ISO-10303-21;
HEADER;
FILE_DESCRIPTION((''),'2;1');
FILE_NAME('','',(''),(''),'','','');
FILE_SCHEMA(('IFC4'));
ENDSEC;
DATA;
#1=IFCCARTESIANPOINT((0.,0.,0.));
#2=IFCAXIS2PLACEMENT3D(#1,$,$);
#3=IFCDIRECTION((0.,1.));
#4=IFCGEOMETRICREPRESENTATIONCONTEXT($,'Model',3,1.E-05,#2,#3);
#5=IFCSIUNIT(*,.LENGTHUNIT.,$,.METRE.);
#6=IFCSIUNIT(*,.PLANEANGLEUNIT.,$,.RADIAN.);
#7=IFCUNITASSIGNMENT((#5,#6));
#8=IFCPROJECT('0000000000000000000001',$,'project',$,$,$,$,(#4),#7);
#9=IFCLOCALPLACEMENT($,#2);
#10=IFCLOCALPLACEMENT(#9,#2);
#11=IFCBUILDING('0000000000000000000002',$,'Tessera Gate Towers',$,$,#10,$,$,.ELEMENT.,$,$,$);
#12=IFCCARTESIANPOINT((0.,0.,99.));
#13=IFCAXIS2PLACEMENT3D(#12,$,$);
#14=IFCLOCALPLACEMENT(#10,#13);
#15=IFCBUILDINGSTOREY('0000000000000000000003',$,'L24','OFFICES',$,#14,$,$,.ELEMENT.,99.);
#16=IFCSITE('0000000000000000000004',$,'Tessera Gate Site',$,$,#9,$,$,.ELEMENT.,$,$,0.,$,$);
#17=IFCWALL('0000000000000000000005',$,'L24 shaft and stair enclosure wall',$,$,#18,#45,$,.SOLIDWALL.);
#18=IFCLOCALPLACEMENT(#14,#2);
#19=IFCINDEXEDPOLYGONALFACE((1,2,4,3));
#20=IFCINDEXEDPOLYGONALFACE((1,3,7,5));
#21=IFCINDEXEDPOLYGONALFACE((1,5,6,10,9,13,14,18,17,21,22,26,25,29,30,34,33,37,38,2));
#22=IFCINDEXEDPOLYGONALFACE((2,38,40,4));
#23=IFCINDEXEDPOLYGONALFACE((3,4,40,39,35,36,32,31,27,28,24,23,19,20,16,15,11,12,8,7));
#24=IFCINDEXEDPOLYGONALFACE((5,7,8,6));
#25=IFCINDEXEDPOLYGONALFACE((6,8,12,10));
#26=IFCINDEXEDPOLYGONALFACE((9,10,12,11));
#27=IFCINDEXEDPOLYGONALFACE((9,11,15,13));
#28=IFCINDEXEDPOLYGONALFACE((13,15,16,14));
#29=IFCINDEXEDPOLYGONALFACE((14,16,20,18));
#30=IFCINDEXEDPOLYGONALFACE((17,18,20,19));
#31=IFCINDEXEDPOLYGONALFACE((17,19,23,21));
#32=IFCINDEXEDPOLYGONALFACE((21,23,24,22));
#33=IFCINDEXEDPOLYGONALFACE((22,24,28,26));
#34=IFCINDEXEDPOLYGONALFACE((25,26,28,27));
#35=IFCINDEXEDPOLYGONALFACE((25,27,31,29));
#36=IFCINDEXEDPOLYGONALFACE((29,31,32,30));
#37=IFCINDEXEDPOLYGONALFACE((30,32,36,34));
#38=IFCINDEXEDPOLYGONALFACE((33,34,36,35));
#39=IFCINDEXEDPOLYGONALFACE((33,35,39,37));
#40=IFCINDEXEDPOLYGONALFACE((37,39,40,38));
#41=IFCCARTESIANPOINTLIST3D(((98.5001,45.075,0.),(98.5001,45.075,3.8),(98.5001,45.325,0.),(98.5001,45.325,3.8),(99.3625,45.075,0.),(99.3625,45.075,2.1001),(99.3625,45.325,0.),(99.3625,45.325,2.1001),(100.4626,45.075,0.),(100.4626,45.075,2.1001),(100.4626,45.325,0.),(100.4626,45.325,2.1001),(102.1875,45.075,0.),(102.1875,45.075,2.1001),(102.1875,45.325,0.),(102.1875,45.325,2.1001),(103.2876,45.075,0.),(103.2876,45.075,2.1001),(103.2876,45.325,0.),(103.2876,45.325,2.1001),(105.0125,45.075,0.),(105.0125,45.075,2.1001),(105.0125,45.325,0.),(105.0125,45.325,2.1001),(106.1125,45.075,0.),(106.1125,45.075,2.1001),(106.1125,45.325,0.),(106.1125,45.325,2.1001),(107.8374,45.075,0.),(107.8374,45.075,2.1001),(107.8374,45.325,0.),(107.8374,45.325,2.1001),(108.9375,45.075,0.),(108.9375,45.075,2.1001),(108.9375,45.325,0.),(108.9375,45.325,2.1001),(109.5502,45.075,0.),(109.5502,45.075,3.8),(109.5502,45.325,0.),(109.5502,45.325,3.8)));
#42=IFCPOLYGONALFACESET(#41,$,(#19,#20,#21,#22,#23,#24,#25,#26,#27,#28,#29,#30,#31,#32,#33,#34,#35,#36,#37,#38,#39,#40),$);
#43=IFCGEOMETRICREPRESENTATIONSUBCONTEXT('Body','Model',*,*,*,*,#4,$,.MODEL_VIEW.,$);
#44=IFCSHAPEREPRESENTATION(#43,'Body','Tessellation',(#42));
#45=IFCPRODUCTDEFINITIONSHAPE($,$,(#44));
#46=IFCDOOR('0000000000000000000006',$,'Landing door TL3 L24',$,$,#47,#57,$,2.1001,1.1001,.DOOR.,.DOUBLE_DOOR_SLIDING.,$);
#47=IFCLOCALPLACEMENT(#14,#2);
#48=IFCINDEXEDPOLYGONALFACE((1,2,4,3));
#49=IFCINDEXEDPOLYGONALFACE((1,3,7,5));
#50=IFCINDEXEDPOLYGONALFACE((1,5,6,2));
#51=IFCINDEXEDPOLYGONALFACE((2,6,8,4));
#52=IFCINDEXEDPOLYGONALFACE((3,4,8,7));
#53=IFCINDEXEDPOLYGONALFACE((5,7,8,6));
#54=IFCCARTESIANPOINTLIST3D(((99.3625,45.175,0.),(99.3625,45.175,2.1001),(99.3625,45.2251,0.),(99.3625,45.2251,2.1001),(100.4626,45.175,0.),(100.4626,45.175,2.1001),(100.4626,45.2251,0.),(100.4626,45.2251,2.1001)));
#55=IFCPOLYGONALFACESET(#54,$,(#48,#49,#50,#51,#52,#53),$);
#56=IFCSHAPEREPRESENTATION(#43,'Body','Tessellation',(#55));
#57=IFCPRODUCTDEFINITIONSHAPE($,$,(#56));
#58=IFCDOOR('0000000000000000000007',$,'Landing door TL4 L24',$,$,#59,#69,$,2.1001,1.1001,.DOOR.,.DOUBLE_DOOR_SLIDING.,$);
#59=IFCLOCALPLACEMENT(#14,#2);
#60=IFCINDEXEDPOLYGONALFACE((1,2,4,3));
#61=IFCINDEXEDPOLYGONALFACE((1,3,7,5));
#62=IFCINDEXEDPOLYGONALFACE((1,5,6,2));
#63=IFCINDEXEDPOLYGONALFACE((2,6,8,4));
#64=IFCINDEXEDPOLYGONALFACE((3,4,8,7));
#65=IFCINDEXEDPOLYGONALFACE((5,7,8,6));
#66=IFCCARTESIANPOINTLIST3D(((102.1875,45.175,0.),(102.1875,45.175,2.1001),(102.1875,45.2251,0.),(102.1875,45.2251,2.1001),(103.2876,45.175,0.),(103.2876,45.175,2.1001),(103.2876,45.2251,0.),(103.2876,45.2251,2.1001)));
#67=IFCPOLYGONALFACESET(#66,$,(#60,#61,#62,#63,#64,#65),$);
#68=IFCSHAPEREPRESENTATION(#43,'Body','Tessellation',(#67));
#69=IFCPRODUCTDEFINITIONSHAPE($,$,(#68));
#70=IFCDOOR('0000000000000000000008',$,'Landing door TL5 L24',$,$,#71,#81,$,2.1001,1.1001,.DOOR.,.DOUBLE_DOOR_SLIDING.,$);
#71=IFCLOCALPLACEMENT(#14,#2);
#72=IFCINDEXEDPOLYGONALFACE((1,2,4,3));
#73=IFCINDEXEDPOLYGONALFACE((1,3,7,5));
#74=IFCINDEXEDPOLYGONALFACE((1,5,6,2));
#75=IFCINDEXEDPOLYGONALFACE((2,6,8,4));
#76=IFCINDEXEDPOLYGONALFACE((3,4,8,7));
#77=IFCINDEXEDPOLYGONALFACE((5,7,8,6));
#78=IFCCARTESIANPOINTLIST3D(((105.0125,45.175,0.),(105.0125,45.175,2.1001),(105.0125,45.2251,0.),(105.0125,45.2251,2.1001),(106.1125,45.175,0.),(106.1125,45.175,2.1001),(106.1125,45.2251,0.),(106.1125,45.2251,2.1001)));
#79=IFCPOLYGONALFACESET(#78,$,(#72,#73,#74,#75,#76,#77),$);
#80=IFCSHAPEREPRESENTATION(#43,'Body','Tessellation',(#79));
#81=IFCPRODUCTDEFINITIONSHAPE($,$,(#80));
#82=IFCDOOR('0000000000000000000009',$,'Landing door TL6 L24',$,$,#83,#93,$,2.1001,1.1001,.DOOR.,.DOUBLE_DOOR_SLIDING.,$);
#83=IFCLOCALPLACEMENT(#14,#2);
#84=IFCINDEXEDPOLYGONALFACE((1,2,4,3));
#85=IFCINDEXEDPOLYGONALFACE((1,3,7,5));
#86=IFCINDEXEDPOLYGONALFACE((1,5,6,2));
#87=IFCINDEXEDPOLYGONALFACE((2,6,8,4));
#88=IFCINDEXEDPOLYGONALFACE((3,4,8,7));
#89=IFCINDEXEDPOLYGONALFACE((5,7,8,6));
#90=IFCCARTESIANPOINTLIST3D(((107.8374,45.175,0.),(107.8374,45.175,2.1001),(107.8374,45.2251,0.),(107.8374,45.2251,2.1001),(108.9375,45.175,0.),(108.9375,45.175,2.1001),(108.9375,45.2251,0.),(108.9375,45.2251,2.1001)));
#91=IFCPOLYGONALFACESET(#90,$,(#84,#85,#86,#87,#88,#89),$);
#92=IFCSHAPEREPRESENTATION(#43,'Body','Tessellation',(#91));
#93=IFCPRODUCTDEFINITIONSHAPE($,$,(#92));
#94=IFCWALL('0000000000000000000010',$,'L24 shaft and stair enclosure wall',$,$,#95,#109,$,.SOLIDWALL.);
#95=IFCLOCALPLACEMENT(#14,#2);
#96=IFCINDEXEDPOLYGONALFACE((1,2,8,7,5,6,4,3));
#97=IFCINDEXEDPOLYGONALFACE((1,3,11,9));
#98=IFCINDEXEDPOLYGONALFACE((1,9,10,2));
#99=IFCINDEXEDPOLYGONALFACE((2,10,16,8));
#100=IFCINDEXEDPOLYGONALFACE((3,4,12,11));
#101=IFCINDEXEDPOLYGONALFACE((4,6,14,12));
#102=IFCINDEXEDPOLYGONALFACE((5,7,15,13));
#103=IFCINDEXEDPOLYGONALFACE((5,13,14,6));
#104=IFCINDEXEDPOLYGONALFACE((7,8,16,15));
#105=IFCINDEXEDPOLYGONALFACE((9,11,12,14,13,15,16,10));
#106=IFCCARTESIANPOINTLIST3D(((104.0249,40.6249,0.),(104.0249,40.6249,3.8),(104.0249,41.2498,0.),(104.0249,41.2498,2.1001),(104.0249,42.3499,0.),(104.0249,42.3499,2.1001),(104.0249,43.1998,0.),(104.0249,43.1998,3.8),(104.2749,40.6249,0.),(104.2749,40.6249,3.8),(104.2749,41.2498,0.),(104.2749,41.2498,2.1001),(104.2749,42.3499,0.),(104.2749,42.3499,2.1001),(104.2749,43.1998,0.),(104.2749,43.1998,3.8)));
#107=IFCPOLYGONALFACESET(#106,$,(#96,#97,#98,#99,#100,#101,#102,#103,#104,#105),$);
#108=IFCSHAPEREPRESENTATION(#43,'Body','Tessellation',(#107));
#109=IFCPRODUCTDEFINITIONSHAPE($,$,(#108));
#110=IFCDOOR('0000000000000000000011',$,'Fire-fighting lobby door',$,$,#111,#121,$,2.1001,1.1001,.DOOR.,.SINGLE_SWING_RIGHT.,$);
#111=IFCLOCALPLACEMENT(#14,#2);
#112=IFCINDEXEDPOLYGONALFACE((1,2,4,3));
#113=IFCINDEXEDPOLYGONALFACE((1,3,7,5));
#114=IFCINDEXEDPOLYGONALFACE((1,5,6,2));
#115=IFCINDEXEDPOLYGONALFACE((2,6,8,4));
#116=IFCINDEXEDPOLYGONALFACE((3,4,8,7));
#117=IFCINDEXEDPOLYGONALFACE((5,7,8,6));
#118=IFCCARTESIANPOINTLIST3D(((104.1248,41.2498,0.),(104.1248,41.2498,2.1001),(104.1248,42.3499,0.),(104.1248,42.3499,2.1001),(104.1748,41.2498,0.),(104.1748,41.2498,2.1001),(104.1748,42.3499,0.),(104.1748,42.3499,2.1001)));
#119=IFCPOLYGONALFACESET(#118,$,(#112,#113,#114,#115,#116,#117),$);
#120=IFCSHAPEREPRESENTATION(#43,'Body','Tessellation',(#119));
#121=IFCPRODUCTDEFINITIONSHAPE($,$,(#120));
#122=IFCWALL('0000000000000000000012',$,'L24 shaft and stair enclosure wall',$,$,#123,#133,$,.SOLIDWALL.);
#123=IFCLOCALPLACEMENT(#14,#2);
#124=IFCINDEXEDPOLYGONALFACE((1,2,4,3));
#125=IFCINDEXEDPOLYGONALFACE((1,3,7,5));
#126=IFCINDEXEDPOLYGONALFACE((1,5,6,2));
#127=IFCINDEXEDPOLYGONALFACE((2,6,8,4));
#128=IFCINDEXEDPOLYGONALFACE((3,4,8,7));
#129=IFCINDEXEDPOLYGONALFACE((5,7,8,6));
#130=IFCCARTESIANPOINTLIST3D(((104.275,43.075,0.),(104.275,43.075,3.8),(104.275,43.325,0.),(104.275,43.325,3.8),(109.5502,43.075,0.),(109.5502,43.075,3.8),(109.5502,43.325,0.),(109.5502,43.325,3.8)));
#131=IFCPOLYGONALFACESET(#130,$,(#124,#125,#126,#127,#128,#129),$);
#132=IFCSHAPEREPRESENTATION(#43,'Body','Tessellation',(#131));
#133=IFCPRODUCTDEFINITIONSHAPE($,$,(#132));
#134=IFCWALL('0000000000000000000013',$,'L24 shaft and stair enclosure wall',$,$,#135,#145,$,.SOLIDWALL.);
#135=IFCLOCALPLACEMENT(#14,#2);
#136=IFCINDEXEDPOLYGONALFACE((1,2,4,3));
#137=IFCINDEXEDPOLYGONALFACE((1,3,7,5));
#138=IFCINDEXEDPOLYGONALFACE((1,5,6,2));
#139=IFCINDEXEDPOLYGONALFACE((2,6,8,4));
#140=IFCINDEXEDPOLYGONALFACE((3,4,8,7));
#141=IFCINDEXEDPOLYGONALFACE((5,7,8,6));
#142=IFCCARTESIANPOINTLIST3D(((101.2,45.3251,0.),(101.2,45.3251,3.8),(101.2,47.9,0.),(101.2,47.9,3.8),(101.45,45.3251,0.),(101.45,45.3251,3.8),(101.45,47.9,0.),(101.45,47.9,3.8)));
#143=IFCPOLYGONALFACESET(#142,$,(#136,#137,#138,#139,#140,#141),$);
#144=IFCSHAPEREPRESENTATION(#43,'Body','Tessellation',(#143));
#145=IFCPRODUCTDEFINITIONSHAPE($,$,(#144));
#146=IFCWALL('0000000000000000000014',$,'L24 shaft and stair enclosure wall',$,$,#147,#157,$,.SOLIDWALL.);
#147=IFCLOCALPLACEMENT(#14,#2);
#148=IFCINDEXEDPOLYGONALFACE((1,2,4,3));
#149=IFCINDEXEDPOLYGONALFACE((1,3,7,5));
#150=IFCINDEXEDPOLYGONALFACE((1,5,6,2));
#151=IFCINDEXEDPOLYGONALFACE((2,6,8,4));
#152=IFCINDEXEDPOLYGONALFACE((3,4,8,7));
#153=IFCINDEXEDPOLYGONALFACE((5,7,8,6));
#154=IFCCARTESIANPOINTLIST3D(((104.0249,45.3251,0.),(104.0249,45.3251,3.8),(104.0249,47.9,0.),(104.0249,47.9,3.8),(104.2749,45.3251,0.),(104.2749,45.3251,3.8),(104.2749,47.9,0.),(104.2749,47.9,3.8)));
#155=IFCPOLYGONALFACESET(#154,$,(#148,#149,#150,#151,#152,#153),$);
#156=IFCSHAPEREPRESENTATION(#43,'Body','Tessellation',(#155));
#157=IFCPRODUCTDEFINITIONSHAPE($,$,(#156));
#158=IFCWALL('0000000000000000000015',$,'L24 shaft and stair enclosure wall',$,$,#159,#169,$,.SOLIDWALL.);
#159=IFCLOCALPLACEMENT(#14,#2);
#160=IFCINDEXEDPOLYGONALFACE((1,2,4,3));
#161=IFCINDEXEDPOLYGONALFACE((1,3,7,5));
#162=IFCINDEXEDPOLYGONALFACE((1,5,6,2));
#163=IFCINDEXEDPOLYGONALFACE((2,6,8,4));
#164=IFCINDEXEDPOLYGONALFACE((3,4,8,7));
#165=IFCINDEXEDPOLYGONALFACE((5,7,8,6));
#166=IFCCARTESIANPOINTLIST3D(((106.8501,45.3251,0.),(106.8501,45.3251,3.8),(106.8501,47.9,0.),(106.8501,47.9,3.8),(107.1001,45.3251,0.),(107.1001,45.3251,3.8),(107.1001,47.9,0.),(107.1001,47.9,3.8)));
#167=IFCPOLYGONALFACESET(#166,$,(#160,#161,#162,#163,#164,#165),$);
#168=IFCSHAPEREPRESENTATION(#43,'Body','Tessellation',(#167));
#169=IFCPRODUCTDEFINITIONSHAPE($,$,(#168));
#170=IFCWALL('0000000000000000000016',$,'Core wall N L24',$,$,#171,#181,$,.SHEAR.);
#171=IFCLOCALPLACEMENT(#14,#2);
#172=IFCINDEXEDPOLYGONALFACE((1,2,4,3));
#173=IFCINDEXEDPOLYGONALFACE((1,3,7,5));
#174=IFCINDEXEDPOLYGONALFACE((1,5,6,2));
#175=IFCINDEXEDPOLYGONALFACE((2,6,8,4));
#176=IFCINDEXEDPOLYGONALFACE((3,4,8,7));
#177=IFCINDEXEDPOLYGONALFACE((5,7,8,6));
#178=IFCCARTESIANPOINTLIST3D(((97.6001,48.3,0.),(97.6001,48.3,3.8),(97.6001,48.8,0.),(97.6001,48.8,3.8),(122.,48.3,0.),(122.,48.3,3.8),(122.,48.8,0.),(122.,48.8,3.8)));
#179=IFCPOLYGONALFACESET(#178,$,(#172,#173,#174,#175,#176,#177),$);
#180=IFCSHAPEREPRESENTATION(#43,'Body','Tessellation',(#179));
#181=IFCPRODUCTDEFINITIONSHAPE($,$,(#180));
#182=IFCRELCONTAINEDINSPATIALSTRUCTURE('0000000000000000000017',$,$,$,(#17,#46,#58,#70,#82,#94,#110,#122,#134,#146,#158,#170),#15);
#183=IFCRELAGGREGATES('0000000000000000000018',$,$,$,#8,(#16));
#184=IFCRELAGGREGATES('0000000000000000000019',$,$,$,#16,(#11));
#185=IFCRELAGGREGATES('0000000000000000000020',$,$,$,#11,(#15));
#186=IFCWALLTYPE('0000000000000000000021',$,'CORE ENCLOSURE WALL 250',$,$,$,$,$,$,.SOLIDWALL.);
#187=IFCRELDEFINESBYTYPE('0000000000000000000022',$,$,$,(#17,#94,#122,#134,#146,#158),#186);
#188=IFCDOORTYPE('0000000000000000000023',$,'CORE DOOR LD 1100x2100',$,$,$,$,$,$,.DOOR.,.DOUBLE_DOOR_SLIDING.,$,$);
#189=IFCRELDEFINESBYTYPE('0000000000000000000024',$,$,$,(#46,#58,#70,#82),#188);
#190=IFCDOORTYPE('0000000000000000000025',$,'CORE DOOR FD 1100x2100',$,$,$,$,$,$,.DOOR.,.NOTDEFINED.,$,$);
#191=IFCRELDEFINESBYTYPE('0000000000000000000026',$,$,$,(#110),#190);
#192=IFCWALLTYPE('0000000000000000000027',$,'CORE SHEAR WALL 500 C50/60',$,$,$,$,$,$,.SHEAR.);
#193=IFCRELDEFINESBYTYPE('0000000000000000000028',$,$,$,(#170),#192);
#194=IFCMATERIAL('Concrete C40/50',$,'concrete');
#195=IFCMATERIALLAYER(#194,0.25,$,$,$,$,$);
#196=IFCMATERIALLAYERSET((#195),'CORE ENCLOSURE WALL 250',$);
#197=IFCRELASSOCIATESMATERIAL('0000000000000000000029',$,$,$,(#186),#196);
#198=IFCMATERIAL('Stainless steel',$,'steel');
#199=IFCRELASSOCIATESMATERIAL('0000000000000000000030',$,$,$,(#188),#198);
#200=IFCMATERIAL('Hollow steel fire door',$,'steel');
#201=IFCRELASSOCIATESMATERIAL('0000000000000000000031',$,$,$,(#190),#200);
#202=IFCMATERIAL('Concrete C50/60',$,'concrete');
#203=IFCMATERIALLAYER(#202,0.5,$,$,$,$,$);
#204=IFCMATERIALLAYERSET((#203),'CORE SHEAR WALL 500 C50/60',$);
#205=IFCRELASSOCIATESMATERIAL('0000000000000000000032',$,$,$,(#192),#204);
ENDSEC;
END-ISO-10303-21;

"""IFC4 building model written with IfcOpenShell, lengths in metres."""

from ifc_helpers import new_model, si_unit, direction, frame, frame_2d, origin, place, context, subcontext, project, spatial, rectangle, extrude, source, transform, mapped, material, layer, layer_set, type_object, element, fill, save


model = new_model("IFC4")

# Units and contexts
model_context = context("Model", 3, precision=1e-05, world=origin(), true_north=direction((0.0, 1.0)))
body_context = subcontext(model_context, "Body", "Model", "MODEL_VIEW")
ifc_project = project(units=[si_unit("LENGTHUNIT", "METRE"), si_unit("PLANEANGLEUNIT", "RADIAN")], contexts=[model_context])

# Site, building, storey
site_placement = place(None, origin())
site = spatial("IfcSite", under=ifc_project, at=site_placement, Name="Tessera Gate Site", CompositionType="ELEMENT", RefElevation=0.0)
building_placement = place(site_placement, origin())
building = spatial("IfcBuilding", under=site, at=building_placement, Name="Tessera Gate Towers", CompositionType="ELEMENT")
storey_placement = place(building_placement, frame((0.0, 0.0, 99.0)))
storey = spatial("IfcBuildingStorey", under=building, at=storey_placement, Name="L24", Description="OFFICES", CompositionType="ELEMENT", Elevation=99.0)

# Wall, openings, doors
ifc_material_1 = material(Name="Concrete C40/50", Category="concrete")
ifc_layer_1 = layer(ifc_material_1, 0.25)
ifc_layer_set_1 = layer_set([ifc_layer_1], Name="CORE ENCLOSURE WALL 250")
wall_type_1 = type_object("IfcWallType", Name="CORE ENCLOSURE WALL 250", PredefinedType="SOLIDWALL", material=ifc_layer_set_1)
shared_shape_1 = source(origin(), body_context, "Body", "SweptSolid", [
    extrude(rectangle(XDim=1.1001, YDim=2.1001, at=frame_2d((0.55, 1.05))), frame((0.0, 0.135, 0.0), z_axis=(0.0, -1.0, 0.0), x_axis=(1.0, 0.0, 0.0)), (0.0, 0.0, 1.0), 0.27),
])
ifc_material_2 = material(Name="Stainless steel", Category="steel")
door_type_1 = type_object("IfcDoorType", Name="CORE DOOR LD 1100x2100", OperationType="DOUBLE_DOOR_SLIDING", PredefinedType="DOOR", material=ifc_material_2)
shared_shape_2 = source(origin(), body_context, "Body", "SweptSolid", [
    extrude(rectangle(XDim=1.1001, YDim=2.1001, at=frame_2d((0.55, 1.05))), frame((0.0, 0.0249, 0.0), z_axis=(0.0, -1.0, 0.0), x_axis=(1.0, 0.0, 0.0)), (0.0, 0.0, 1.0), 0.05),
])
wall_1_placement = place(storey_placement, frame((109.55, 45.2, 0.0), z_axis=(0.0, 0.0, 1.0), x_axis=(-1.0, 0.0, 0.0)))
wall_1 = element("IfcWall", 1, at=wall_1_placement, inside=storey, type_object=wall_type_1, Name="L24 shaft and stair enclosure wall", PredefinedType="SOLIDWALL", context=body_context, shape_type="SweptSolid", body=[
    extrude(rectangle(XDim=11.05, YDim=0.25, at=frame_2d((5.5249, 0.0))), origin(), (0.0, 0.0, 1.0), 3.8),
])
opening_1_placement = place(wall_1_placement, frame((9.0874, 0.0, 0.0)))
opening_1 = element("IfcOpeningElement", 2, at=opening_1_placement, cuts=wall_1, PredefinedType="OPENING", context=body_context, shape_type="MappedRepresentation", body=[
    mapped(shared_shape_1, transform((0.0, 0.0, 0.0), scale=1.0)),
])
opening_2_placement = place(wall_1_placement, frame((6.2625, 0.0, 0.0)))
opening_2 = element("IfcOpeningElement", 3, at=opening_2_placement, cuts=wall_1, PredefinedType="OPENING", context=body_context, shape_type="MappedRepresentation", body=[
    mapped(shared_shape_1, transform((0.0, 0.0, 0.0), scale=1.0)),
])
opening_3_placement = place(wall_1_placement, frame((3.4375, 0.0, 0.0)))
opening_3 = element("IfcOpeningElement", 4, at=opening_3_placement, cuts=wall_1, PredefinedType="OPENING", context=body_context, shape_type="MappedRepresentation", body=[
    mapped(shared_shape_1, transform((0.0, 0.0, 0.0), scale=1.0)),
])
opening_4_placement = place(wall_1_placement, frame((0.6125, 0.0, 0.0)))
opening_4 = element("IfcOpeningElement", 5, at=opening_4_placement, cuts=wall_1, PredefinedType="OPENING", context=body_context, shape_type="MappedRepresentation", body=[
    mapped(shared_shape_1, transform((0.0, 0.0, 0.0), scale=1.0)),
])
door_1_placement = place(opening_1_placement, origin())
door_1 = element("IfcDoor", 6, at=door_1_placement, inside=storey, type_object=door_type_1, Name="Landing door TL3 L24", OperationType="DOUBLE_DOOR_SLIDING", OverallHeight=2.1001, OverallWidth=1.1001, PredefinedType="DOOR", context=body_context, shape_type="MappedRepresentation", body=[
    mapped(shared_shape_2, transform((0.0, 0.0, 0.0), scale=1.0)),
])
fill(opening_1, door_1)
door_2_placement = place(opening_2_placement, origin())
door_2 = element("IfcDoor", 7, at=door_2_placement, inside=storey, type_object=door_type_1, Name="Landing door TL4 L24", OperationType="DOUBLE_DOOR_SLIDING", OverallHeight=2.1001, OverallWidth=1.1001, PredefinedType="DOOR", context=body_context, shape_type="MappedRepresentation", body=[
    mapped(shared_shape_2, transform((0.0, 0.0, 0.0), scale=1.0)),
])
fill(opening_2, door_2)
door_3_placement = place(opening_3_placement, origin())
door_3 = element("IfcDoor", 8, at=door_3_placement, inside=storey, type_object=door_type_1, Name="Landing door TL5 L24", OperationType="DOUBLE_DOOR_SLIDING", OverallHeight=2.1001, OverallWidth=1.1001, PredefinedType="DOOR", context=body_context, shape_type="MappedRepresentation", body=[
    mapped(shared_shape_2, transform((0.0, 0.0, 0.0), scale=1.0)),
])
fill(opening_3, door_3)
door_4_placement = place(opening_4_placement, origin())
door_4 = element("IfcDoor", 9, at=door_4_placement, inside=storey, type_object=door_type_1, Name="Landing door TL6 L24", OperationType="DOUBLE_DOOR_SLIDING", OverallHeight=2.1001, OverallWidth=1.1001, PredefinedType="DOOR", context=body_context, shape_type="MappedRepresentation", body=[
    mapped(shared_shape_2, transform((0.0, 0.0, 0.0), scale=1.0)),
])
fill(opening_4, door_4)

# Wall, opening, door
wall_2_placement = place(storey_placement, frame((104.1499, 43.2, 0.0), z_axis=(0.0, 0.0, 1.0), x_axis=(0.0, -1.0, 0.0)))
wall_2 = element("IfcWall", 10, at=wall_2_placement, inside=storey, type_object=wall_type_1, Name="L24 shaft and stair enclosure wall", PredefinedType="SOLIDWALL", context=body_context, shape_type="SweptSolid", body=[
    extrude(rectangle(XDim=2.575, YDim=0.25, at=frame_2d((1.2876, 0.0))), origin(), (0.0, 0.0, 1.0), 3.8),
])
opening_5_placement = place(wall_2_placement, frame((0.8501, 0.0, 0.0)))
opening_5 = element("IfcOpeningElement", 11, at=opening_5_placement, cuts=wall_2, PredefinedType="OPENING", context=body_context, shape_type="MappedRepresentation", body=[
    mapped(shared_shape_1, transform((0.0, 0.0, 0.0), scale=1.0)),
])
ifc_material_3 = material(Name="Hollow steel fire door", Category="steel")
door_type_2 = type_object("IfcDoorType", Name="CORE DOOR FD 1100x2100", OperationType="NOTDEFINED", PredefinedType="DOOR", material=ifc_material_3)
door_5_placement = place(opening_5_placement, origin())
door_5 = element("IfcDoor", 12, at=door_5_placement, inside=storey, type_object=door_type_2, Name="Fire-fighting lobby door", OperationType="SINGLE_SWING_RIGHT", OverallHeight=2.1001, OverallWidth=1.1001, PredefinedType="DOOR", context=body_context, shape_type="MappedRepresentation", body=[
    mapped(shared_shape_2, transform((0.0, 0.0, 0.0), scale=1.0)),
])
fill(opening_5, door_5)

# Walls
wall_3_placement = place(storey_placement, frame((104.2749, 43.2, 0.0), z_axis=(0.0, 0.0, 1.0), x_axis=(1.0, 0.0, 0.0)))
element("IfcWall", 13, at=wall_3_placement, inside=storey, type_object=wall_type_1, Name="L24 shaft and stair enclosure wall", PredefinedType="SOLIDWALL", context=body_context, shape_type="SweptSolid", body=[
    extrude(rectangle(XDim=5.2751, YDim=0.25, at=frame_2d((2.6377, 0.0))), origin(), (0.0, 0.0, 1.0), 3.8),
])
for number, where, z_axis, x_axis, name in (
    (14, (101.325, 45.325, 0.0), (0.0, 0.0, 1.0), (0.0, 1.0, 0.0), "L24 shaft and stair enclosure wall"),
    (15, (104.1499, 45.325, 0.0), (0.0, 0.0, 1.0), (0.0, 1.0, 0.0), "L24 shaft and stair enclosure wall"),
    (16, (106.9751, 45.325, 0.0), (0.0, 0.0, 1.0), (0.0, 1.0, 0.0), "L24 shaft and stair enclosure wall"),
):
    element("IfcWall", number, at=place(storey_placement, frame(where, z_axis=z_axis, x_axis=x_axis)), inside=storey, type_object=wall_type_1, Name=name, PredefinedType="SOLIDWALL", context=body_context, shape_type="SweptSolid", body=[
        extrude(rectangle(XDim=2.575, YDim=0.25, at=frame_2d((1.2876, 0.0))), origin(), (0.0, 0.0, 1.0), 3.8),
    ])
ifc_material_4 = material(Name="Concrete C50/60", Category="concrete")
ifc_layer_2 = layer(ifc_material_4, 0.5)
ifc_layer_set_2 = layer_set([ifc_layer_2], Name="CORE SHEAR WALL 500 C50/60")
wall_type_2 = type_object("IfcWallType", Name="CORE SHEAR WALL 500 C50/60", PredefinedType="SHEAR", material=ifc_layer_set_2)
wall_4_placement = place(storey_placement, frame((97.6001, 48.55, 0.0), z_axis=(0.0, 0.0, 1.0), x_axis=(1.0, 0.0, 0.0)))
element("IfcWall", 17, at=wall_4_placement, inside=storey, type_object=wall_type_2, Name="Core wall N L24", PredefinedType="SHEAR", context=body_context, shape_type="SweptSolid", body=[
    extrude(rectangle(XDim=24.3999, YDim=0.5, at=frame_2d((12.2, 0.0))), origin(), (0.0, 0.0, 1.0), 3.8),
])

save(model, "model.ifc")
